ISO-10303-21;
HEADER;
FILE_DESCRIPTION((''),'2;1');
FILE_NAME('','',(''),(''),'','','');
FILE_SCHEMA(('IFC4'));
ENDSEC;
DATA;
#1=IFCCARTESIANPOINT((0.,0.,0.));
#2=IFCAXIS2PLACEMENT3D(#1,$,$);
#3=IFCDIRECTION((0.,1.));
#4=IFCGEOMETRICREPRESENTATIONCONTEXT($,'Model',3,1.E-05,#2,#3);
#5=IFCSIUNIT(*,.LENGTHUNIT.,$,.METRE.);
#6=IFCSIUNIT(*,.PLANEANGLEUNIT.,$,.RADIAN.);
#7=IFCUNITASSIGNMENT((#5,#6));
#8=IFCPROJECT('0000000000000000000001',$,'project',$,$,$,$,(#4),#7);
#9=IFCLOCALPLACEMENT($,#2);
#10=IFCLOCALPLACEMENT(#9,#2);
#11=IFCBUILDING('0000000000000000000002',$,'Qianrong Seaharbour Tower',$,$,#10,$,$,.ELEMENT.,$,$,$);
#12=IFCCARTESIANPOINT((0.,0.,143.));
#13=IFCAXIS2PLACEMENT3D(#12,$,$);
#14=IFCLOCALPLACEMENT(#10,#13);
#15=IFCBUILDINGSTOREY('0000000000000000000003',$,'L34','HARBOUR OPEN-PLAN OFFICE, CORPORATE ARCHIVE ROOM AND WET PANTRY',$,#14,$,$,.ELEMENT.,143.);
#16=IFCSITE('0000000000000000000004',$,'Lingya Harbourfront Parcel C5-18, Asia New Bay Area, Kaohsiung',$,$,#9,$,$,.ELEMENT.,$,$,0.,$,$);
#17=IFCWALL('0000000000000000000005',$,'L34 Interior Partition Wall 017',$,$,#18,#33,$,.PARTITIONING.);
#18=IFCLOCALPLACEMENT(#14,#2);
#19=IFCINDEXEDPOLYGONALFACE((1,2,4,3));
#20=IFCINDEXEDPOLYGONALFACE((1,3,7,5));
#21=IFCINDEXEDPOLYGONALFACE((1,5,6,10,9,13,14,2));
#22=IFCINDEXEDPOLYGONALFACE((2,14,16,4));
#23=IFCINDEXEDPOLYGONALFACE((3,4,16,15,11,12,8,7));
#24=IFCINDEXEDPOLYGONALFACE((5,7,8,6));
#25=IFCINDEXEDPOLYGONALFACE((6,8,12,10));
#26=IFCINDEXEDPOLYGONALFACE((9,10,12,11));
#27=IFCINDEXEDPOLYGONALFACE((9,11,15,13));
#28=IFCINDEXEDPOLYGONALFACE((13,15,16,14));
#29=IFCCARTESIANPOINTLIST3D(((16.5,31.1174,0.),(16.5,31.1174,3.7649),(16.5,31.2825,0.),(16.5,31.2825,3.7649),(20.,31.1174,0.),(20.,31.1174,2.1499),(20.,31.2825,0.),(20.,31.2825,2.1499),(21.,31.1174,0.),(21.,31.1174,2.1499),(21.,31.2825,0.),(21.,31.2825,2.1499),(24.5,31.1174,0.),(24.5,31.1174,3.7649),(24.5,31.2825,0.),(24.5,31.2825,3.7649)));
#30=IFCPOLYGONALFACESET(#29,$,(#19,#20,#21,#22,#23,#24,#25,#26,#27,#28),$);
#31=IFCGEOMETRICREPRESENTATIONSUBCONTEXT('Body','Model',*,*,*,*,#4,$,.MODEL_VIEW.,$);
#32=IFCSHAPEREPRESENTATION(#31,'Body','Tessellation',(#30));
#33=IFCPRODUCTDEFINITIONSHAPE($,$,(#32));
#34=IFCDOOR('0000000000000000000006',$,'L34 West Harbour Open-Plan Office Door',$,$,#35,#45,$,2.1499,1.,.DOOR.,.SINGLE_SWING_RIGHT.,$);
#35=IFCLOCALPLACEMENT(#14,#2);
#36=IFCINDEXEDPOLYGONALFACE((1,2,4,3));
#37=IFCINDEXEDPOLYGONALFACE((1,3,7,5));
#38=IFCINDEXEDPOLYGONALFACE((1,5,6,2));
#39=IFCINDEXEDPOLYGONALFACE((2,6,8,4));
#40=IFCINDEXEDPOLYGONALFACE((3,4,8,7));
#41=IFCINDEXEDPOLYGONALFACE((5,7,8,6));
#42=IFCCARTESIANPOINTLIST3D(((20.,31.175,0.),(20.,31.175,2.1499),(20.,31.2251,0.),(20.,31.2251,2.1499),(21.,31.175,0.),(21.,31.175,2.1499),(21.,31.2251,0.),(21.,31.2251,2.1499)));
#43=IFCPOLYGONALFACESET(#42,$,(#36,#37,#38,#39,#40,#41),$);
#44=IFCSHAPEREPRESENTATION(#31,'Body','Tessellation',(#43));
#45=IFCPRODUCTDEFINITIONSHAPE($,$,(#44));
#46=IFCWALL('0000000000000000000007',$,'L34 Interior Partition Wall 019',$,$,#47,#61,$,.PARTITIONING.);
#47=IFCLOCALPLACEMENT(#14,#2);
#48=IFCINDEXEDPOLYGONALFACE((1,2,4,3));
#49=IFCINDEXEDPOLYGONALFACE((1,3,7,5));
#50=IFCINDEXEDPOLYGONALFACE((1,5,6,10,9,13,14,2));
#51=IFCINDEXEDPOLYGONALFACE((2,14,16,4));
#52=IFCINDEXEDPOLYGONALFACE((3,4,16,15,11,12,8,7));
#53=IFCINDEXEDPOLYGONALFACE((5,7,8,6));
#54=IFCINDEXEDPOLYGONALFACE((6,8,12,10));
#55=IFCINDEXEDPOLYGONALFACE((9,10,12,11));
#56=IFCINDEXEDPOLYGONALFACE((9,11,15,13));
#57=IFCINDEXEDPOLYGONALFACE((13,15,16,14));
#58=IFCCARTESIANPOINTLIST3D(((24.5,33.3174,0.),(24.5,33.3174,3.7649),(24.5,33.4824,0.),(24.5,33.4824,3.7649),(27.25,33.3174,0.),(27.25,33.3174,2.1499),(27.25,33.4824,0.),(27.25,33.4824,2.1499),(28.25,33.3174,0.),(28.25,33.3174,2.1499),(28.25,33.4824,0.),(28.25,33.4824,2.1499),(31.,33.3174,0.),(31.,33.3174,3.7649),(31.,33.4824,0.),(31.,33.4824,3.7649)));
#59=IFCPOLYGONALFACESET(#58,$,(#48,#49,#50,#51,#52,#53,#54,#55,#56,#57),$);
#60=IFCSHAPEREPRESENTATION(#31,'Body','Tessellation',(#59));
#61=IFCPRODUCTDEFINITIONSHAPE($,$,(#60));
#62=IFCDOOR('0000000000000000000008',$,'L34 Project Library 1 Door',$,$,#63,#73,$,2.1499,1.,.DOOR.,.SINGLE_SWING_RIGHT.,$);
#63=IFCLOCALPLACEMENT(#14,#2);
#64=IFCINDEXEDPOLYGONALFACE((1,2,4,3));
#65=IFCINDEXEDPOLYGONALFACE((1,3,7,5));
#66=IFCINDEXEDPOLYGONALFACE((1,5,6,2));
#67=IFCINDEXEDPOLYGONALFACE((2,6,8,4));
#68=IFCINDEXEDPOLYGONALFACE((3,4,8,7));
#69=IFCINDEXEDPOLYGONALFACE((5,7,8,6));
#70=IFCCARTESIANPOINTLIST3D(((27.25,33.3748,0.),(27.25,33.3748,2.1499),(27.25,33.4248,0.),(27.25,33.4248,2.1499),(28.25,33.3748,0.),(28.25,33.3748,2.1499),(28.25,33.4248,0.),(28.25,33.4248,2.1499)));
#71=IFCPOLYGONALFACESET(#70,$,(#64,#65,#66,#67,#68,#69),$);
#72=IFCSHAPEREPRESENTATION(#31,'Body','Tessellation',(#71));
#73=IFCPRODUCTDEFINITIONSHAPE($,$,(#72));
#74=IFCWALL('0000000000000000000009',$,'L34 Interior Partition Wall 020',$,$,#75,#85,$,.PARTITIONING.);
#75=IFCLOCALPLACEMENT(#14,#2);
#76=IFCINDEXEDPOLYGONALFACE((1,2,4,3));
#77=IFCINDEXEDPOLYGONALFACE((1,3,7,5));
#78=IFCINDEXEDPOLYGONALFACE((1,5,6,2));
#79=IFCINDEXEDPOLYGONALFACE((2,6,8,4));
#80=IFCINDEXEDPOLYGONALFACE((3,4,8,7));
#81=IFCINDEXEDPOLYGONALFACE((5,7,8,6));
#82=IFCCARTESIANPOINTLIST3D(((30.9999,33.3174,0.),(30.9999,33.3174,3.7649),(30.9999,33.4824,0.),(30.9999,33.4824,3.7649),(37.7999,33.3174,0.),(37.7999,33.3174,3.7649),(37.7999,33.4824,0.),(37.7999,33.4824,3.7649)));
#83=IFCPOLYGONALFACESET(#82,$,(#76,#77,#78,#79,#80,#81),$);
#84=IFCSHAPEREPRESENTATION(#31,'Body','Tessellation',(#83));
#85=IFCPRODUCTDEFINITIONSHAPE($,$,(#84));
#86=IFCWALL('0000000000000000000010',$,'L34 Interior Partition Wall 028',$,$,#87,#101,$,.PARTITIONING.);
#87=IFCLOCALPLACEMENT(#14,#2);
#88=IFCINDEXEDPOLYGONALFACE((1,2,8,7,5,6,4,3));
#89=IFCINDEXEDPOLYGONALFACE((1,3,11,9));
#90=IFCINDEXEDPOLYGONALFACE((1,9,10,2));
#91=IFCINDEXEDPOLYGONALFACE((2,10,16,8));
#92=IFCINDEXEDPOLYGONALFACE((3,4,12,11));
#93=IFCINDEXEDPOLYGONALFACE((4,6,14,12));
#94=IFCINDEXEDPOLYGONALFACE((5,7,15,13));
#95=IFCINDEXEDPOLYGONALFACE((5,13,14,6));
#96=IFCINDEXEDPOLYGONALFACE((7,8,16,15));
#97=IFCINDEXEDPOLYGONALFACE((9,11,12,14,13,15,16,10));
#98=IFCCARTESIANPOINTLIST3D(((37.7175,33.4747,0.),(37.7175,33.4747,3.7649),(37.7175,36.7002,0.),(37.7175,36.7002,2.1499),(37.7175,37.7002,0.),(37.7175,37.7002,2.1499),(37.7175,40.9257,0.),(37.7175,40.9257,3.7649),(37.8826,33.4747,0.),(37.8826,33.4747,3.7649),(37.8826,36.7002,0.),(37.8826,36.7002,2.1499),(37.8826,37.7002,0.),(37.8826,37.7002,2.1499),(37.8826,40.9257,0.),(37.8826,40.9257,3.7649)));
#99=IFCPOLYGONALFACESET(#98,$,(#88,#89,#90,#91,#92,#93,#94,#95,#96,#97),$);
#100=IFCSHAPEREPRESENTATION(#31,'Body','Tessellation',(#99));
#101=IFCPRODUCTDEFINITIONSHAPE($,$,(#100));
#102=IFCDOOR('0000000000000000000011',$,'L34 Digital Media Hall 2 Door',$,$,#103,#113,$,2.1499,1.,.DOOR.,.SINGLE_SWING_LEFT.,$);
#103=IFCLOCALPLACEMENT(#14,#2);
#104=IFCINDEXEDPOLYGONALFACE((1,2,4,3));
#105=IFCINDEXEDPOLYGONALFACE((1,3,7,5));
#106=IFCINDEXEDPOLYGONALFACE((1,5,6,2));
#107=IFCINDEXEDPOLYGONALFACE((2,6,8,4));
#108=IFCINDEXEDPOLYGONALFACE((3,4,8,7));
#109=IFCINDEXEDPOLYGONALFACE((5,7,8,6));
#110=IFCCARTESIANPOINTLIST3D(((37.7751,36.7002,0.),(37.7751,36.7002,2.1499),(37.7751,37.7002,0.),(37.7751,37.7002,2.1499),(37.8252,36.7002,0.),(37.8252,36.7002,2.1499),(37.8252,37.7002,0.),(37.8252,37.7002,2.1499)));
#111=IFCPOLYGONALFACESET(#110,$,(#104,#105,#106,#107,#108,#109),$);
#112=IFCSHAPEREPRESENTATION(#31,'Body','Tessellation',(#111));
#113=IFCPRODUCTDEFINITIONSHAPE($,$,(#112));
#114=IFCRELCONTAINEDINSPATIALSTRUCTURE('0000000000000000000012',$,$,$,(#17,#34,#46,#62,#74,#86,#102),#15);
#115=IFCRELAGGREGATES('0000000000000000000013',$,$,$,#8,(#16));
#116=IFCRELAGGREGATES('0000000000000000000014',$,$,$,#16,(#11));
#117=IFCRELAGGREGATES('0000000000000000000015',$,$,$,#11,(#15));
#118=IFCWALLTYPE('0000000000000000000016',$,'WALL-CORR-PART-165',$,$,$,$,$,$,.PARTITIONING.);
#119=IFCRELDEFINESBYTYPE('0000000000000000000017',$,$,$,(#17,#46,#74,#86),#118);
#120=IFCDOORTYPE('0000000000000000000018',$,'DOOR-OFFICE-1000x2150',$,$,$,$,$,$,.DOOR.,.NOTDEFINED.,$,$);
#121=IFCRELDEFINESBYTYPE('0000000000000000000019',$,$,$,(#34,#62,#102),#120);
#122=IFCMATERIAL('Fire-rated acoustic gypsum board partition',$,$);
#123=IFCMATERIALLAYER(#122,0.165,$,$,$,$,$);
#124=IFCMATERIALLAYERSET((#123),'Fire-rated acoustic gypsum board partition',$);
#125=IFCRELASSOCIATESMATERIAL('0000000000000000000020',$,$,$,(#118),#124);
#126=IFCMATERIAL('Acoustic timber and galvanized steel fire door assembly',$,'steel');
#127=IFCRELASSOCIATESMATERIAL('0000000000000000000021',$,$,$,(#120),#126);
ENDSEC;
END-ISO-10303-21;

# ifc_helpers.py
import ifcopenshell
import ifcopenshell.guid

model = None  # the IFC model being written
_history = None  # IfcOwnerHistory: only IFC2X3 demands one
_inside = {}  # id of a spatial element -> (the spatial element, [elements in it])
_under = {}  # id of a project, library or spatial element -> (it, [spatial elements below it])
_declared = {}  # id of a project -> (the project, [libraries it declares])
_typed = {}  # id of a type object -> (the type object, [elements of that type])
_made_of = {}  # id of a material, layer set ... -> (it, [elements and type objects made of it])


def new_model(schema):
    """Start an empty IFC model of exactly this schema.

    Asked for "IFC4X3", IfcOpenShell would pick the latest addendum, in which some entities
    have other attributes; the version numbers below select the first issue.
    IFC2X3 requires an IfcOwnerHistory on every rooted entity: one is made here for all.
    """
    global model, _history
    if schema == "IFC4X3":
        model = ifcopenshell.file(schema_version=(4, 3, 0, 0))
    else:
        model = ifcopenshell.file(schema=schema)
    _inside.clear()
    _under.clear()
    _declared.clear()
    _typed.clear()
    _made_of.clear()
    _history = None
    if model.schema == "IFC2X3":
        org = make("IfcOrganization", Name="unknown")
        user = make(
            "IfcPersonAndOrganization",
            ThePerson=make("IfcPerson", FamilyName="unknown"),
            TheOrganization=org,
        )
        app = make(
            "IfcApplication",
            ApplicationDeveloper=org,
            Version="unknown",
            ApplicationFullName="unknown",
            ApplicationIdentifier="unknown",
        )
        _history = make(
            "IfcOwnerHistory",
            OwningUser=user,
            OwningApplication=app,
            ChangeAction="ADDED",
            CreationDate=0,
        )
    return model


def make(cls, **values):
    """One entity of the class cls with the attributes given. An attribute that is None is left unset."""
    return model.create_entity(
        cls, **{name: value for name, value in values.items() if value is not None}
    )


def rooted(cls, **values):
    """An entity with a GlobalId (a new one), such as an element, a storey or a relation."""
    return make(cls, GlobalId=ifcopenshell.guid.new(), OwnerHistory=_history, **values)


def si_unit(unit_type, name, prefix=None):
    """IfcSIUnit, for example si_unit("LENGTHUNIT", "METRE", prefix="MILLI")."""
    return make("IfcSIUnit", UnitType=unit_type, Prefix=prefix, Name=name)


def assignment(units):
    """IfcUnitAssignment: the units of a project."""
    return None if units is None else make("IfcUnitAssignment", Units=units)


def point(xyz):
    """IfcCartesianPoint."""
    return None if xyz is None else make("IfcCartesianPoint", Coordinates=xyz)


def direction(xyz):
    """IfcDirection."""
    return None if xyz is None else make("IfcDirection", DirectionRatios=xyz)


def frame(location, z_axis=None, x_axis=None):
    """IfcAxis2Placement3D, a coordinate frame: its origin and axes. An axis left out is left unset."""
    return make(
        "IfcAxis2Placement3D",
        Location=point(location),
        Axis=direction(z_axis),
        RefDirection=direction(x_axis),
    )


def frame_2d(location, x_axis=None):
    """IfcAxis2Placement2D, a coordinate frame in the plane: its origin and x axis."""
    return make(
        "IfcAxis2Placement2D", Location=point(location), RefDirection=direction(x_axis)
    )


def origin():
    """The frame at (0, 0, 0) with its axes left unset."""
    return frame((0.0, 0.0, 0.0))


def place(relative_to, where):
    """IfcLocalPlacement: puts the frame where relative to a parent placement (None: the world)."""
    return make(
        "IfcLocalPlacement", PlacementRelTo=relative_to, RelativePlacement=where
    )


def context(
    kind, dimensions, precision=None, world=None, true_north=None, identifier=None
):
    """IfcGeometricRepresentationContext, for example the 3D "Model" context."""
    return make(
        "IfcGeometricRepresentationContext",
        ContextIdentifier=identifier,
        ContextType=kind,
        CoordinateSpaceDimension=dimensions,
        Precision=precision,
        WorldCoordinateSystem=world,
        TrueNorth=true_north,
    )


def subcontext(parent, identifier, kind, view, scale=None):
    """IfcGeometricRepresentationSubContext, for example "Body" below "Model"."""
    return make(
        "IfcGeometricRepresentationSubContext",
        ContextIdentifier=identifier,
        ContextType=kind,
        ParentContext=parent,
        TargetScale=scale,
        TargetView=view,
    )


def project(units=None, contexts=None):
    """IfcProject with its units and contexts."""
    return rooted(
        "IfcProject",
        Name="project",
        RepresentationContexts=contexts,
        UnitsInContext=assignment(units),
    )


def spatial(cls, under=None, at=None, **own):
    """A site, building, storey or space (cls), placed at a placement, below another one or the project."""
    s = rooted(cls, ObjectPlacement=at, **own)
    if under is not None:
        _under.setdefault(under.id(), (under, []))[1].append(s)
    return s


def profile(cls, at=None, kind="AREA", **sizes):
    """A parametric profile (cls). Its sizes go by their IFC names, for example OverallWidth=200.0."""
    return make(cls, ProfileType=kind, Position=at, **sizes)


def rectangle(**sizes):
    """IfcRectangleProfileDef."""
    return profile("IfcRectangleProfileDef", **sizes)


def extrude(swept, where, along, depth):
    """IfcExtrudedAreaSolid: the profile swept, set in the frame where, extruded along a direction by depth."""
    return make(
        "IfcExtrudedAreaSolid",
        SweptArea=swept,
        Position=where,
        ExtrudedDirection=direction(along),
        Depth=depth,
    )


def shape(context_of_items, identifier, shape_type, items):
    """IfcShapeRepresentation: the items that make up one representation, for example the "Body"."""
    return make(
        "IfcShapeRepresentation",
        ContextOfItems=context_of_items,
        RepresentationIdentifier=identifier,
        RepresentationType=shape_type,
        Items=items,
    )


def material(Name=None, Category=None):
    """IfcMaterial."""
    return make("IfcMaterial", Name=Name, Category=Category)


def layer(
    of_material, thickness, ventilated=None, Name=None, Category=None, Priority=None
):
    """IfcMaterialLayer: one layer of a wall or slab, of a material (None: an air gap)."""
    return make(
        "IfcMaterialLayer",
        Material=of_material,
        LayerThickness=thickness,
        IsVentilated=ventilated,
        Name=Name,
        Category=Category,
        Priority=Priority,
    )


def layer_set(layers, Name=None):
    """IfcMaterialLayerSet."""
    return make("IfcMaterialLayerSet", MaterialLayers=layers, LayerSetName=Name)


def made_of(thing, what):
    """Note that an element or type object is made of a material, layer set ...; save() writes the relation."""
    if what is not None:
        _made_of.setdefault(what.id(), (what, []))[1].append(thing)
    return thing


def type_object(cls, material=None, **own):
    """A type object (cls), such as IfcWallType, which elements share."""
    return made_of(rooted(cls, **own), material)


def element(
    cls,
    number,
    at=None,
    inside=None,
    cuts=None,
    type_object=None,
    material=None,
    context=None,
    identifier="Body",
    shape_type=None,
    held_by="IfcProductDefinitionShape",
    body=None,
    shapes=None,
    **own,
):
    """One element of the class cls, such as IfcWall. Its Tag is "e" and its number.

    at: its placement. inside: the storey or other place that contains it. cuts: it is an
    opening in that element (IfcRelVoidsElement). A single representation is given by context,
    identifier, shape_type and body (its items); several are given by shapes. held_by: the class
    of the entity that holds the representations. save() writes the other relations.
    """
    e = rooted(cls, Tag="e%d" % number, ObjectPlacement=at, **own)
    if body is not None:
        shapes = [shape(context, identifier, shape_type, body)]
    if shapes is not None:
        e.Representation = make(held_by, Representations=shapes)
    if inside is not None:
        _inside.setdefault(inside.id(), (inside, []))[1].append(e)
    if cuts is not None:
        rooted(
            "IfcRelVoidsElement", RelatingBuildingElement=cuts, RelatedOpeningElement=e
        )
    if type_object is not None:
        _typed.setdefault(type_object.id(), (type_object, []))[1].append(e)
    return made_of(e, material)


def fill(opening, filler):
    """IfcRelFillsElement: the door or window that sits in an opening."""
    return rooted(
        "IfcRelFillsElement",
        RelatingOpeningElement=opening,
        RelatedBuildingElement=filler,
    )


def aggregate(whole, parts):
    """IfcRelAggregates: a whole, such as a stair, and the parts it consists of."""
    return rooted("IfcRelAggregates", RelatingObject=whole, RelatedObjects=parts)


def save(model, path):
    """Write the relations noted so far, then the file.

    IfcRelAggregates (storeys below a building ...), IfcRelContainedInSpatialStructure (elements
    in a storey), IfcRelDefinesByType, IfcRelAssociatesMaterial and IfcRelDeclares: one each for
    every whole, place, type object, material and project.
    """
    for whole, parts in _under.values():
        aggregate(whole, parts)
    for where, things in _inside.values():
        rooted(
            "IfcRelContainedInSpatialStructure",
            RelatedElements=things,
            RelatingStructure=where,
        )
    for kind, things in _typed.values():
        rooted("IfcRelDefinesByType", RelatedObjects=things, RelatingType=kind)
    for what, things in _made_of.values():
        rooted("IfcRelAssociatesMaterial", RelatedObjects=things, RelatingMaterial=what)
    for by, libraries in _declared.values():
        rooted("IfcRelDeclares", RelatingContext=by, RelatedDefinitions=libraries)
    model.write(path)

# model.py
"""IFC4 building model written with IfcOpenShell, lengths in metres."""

from ifc_helpers import new_model, si_unit, direction, frame, frame_2d, origin, place, context, subcontext, project, spatial, rectangle, extrude, material, layer, layer_set, type_object, element, fill, save


model = new_model("IFC4")

# Units and contexts
model_context = context("Model", 3, precision=1e-05, world=origin(), true_north=direction((0.0, 1.0)))
body_context = subcontext(model_context, "Body", "Model", "MODEL_VIEW")
ifc_project = project(units=[si_unit("LENGTHUNIT", "METRE"), si_unit("PLANEANGLEUNIT", "RADIAN")], contexts=[model_context])

# Site, building, storey
site_placement = place(None, origin())
site = spatial("IfcSite", under=ifc_project, at=site_placement, Name="Lingya Harbourfront Parcel C5-18, Asia New Bay Area, Kaohsiung", CompositionType="ELEMENT", RefElevation=0.0)
building_placement = place(site_placement, origin())
building = spatial("IfcBuilding", under=site, at=building_placement, Name="Qianrong Seaharbour Tower", CompositionType="ELEMENT")
storey_placement = place(building_placement, frame((0.0, 0.0, 143.0)))
storey = spatial("IfcBuildingStorey", under=building, at=storey_placement, Name="L34", Description="HARBOUR OPEN-PLAN OFFICE, CORPORATE ARCHIVE ROOM AND WET PANTRY", CompositionType="ELEMENT", Elevation=143.0)

# Walls, openings, doors
ifc_material_1 = material(Name="Fire-rated acoustic gypsum board partition")
ifc_layer_1 = layer(ifc_material_1, 0.165)
ifc_layer_set_1 = layer_set([ifc_layer_1], Name="Fire-rated acoustic gypsum board partition")
wall_type_1 = type_object("IfcWallType", Name="WALL-CORR-PART-165", PredefinedType="PARTITIONING", material=ifc_layer_set_1)
wall_1_placement = place(storey_placement, frame((24.5, 31.2, 0.0), z_axis=(0.0, 0.0, 1.0), x_axis=(-1.0, 0.0, 0.0)))
wall_1 = element("IfcWall", 1, at=wall_1_placement, inside=storey, type_object=wall_type_1, Name="L34 Interior Partition Wall 017", PredefinedType="PARTITIONING", context=body_context, shape_type="SweptSolid", body=[
    extrude(rectangle(XDim=8.0, YDim=0.165, at=frame_2d((4.0, 0.0))), origin(), (0.0, 0.0, 1.0), 3.7649),
])
opening_1_placement = place(wall_1_placement, frame((3.5, 0.0, 0.0)))
opening_1 = element("IfcOpeningElement", 2, at=opening_1_placement, cuts=wall_1, PredefinedType="OPENING", context=body_context, shape_type="SweptSolid", body=[
    extrude(rectangle(XDim=1.0, YDim=2.1499, at=frame_2d((0.5, 1.075))), frame((0.0, 0.0925, 0.0), z_axis=(0.0, -1.0, 0.0), x_axis=(1.0, 0.0, 0.0)), (0.0, 0.0, 1.0), 0.1851),
])
ifc_material_2 = material(Name="Acoustic timber and galvanized steel fire door assembly", Category="steel")
door_type = type_object("IfcDoorType", Name="DOOR-OFFICE-1000x2150", OperationType="NOTDEFINED", PredefinedType="DOOR", material=ifc_material_2)
door_1_placement = place(opening_1_placement, origin())
door_1 = element("IfcDoor", 3, at=door_1_placement, inside=storey, type_object=door_type, Name="L34 West Harbour Open-Plan Office Door", OperationType="SINGLE_SWING_RIGHT", OverallHeight=2.1499, OverallWidth=1.0, PredefinedType="DOOR", context=body_context, shape_type="SweptSolid", body=[
    extrude(rectangle(XDim=1.0, YDim=2.1499, at=frame_2d((0.5, 1.075))), frame((0.0, 0.0249, 0.0), z_axis=(0.0, -1.0, 0.0), x_axis=(1.0, 0.0, 0.0)), (0.0, 0.0, 1.0), 0.05),
])
fill(opening_1, door_1)
wall_2_placement = place(storey_placement, frame((24.5, 33.3999, 0.0), z_axis=(0.0, 0.0, 1.0), x_axis=(1.0, 0.0, 0.0)))
wall_2 = element("IfcWall", 4, at=wall_2_placement, inside=storey, type_object=wall_type_1, Name="L34 Interior Partition Wall 019", PredefinedType="PARTITIONING", context=body_context, shape_type="SweptSolid", body=[
    extrude(rectangle(XDim=6.5, YDim=0.165, at=frame_2d((3.25, 0.0))), origin(), (0.0, 0.0, 1.0), 3.7649),
])
opening_2_placement = place(wall_2_placement, frame((2.75, 0.0, 0.0)))
opening_2 = element("IfcOpeningElement", 5, at=opening_2_placement, cuts=wall_2, PredefinedType="OPENING", context=body_context, shape_type="SweptSolid", body=[
    extrude(rectangle(XDim=1.0, YDim=2.1499, at=frame_2d((0.5, 1.075))), frame((0.0, 0.0925, 0.0), z_axis=(0.0, -1.0, 0.0), x_axis=(1.0, 0.0, 0.0)), (0.0, 0.0, 1.0), 0.1851),
])
door_2_placement = place(opening_2_placement, origin())
door_2 = element("IfcDoor", 6, at=door_2_placement, inside=storey, type_object=door_type, Name="L34 Project Library 1 Door", OperationType="SINGLE_SWING_RIGHT", OverallHeight=2.1499, OverallWidth=1.0, PredefinedType="DOOR", context=body_context, shape_type="SweptSolid", body=[
    extrude(rectangle(XDim=1.0, YDim=2.1499, at=frame_2d((0.5, 1.075))), frame((0.0, 0.0249, 0.0), z_axis=(0.0, -1.0, 0.0), x_axis=(1.0, 0.0, 0.0)), (0.0, 0.0, 1.0), 0.05),
])
fill(opening_2, door_2)

# Wall
wall_3_placement = place(storey_placement, frame((31.0, 33.3999, 0.0), z_axis=(0.0, 0.0, 1.0), x_axis=(1.0, 0.0, 0.0)))
element("IfcWall", 7, at=wall_3_placement, inside=storey, type_object=wall_type_1, Name="L34 Interior Partition Wall 020", PredefinedType="PARTITIONING", context=body_context, shape_type="SweptSolid", body=[
    extrude(rectangle(XDim=6.8, YDim=0.165, at=frame_2d((3.3999, 0.0))), origin(), (0.0, 0.0, 1.0), 3.7649),
])

# Wall, opening, door
wall_4_placement = place(storey_placement, frame((37.8, 33.4746, 0.0), z_axis=(0.0, 0.0, 1.0), x_axis=(0.0, 1.0, 0.0)))
wall_4 = element("IfcWall", 8, at=wall_4_placement, inside=storey, type_object=wall_type_1, Name="L34 Interior Partition Wall 028", PredefinedType="PARTITIONING", context=body_context, shape_type="SweptSolid", body=[
    extrude(rectangle(XDim=7.4509, YDim=0.165, at=frame_2d((3.7256, 0.0))), origin(), (0.0, 0.0, 1.0), 3.7649),
])
opening_3_placement = place(wall_4_placement, frame((3.2256, 0.0, 0.0)))
opening_3 = element("IfcOpeningElement", 9, at=opening_3_placement, cuts=wall_4, PredefinedType="OPENING", context=body_context, shape_type="SweptSolid", body=[
    extrude(rectangle(XDim=1.0, YDim=2.1499, at=frame_2d((0.5, 1.075))), frame((0.0, 0.0925, 0.0), z_axis=(0.0, -1.0, 0.0), x_axis=(1.0, 0.0, 0.0)), (0.0, 0.0, 1.0), 0.1851),
])
door_3_placement = place(opening_3_placement, origin())
door_3 = element("IfcDoor", 10, at=door_3_placement, inside=storey, type_object=door_type, Name="L34 Digital Media Hall 2 Door", OperationType="SINGLE_SWING_LEFT", OverallHeight=2.1499, OverallWidth=1.0, PredefinedType="DOOR", context=body_context, shape_type="SweptSolid", body=[
    extrude(rectangle(XDim=1.0, YDim=2.1499, at=frame_2d((0.5, 1.075))), frame((0.0, 0.0249, 0.0), z_axis=(0.0, -1.0, 0.0), x_axis=(1.0, 0.0, 0.0)), (0.0, 0.0, 1.0), 0.05),
])
fill(opening_3, door_3)

save(model, "model.ifc")
